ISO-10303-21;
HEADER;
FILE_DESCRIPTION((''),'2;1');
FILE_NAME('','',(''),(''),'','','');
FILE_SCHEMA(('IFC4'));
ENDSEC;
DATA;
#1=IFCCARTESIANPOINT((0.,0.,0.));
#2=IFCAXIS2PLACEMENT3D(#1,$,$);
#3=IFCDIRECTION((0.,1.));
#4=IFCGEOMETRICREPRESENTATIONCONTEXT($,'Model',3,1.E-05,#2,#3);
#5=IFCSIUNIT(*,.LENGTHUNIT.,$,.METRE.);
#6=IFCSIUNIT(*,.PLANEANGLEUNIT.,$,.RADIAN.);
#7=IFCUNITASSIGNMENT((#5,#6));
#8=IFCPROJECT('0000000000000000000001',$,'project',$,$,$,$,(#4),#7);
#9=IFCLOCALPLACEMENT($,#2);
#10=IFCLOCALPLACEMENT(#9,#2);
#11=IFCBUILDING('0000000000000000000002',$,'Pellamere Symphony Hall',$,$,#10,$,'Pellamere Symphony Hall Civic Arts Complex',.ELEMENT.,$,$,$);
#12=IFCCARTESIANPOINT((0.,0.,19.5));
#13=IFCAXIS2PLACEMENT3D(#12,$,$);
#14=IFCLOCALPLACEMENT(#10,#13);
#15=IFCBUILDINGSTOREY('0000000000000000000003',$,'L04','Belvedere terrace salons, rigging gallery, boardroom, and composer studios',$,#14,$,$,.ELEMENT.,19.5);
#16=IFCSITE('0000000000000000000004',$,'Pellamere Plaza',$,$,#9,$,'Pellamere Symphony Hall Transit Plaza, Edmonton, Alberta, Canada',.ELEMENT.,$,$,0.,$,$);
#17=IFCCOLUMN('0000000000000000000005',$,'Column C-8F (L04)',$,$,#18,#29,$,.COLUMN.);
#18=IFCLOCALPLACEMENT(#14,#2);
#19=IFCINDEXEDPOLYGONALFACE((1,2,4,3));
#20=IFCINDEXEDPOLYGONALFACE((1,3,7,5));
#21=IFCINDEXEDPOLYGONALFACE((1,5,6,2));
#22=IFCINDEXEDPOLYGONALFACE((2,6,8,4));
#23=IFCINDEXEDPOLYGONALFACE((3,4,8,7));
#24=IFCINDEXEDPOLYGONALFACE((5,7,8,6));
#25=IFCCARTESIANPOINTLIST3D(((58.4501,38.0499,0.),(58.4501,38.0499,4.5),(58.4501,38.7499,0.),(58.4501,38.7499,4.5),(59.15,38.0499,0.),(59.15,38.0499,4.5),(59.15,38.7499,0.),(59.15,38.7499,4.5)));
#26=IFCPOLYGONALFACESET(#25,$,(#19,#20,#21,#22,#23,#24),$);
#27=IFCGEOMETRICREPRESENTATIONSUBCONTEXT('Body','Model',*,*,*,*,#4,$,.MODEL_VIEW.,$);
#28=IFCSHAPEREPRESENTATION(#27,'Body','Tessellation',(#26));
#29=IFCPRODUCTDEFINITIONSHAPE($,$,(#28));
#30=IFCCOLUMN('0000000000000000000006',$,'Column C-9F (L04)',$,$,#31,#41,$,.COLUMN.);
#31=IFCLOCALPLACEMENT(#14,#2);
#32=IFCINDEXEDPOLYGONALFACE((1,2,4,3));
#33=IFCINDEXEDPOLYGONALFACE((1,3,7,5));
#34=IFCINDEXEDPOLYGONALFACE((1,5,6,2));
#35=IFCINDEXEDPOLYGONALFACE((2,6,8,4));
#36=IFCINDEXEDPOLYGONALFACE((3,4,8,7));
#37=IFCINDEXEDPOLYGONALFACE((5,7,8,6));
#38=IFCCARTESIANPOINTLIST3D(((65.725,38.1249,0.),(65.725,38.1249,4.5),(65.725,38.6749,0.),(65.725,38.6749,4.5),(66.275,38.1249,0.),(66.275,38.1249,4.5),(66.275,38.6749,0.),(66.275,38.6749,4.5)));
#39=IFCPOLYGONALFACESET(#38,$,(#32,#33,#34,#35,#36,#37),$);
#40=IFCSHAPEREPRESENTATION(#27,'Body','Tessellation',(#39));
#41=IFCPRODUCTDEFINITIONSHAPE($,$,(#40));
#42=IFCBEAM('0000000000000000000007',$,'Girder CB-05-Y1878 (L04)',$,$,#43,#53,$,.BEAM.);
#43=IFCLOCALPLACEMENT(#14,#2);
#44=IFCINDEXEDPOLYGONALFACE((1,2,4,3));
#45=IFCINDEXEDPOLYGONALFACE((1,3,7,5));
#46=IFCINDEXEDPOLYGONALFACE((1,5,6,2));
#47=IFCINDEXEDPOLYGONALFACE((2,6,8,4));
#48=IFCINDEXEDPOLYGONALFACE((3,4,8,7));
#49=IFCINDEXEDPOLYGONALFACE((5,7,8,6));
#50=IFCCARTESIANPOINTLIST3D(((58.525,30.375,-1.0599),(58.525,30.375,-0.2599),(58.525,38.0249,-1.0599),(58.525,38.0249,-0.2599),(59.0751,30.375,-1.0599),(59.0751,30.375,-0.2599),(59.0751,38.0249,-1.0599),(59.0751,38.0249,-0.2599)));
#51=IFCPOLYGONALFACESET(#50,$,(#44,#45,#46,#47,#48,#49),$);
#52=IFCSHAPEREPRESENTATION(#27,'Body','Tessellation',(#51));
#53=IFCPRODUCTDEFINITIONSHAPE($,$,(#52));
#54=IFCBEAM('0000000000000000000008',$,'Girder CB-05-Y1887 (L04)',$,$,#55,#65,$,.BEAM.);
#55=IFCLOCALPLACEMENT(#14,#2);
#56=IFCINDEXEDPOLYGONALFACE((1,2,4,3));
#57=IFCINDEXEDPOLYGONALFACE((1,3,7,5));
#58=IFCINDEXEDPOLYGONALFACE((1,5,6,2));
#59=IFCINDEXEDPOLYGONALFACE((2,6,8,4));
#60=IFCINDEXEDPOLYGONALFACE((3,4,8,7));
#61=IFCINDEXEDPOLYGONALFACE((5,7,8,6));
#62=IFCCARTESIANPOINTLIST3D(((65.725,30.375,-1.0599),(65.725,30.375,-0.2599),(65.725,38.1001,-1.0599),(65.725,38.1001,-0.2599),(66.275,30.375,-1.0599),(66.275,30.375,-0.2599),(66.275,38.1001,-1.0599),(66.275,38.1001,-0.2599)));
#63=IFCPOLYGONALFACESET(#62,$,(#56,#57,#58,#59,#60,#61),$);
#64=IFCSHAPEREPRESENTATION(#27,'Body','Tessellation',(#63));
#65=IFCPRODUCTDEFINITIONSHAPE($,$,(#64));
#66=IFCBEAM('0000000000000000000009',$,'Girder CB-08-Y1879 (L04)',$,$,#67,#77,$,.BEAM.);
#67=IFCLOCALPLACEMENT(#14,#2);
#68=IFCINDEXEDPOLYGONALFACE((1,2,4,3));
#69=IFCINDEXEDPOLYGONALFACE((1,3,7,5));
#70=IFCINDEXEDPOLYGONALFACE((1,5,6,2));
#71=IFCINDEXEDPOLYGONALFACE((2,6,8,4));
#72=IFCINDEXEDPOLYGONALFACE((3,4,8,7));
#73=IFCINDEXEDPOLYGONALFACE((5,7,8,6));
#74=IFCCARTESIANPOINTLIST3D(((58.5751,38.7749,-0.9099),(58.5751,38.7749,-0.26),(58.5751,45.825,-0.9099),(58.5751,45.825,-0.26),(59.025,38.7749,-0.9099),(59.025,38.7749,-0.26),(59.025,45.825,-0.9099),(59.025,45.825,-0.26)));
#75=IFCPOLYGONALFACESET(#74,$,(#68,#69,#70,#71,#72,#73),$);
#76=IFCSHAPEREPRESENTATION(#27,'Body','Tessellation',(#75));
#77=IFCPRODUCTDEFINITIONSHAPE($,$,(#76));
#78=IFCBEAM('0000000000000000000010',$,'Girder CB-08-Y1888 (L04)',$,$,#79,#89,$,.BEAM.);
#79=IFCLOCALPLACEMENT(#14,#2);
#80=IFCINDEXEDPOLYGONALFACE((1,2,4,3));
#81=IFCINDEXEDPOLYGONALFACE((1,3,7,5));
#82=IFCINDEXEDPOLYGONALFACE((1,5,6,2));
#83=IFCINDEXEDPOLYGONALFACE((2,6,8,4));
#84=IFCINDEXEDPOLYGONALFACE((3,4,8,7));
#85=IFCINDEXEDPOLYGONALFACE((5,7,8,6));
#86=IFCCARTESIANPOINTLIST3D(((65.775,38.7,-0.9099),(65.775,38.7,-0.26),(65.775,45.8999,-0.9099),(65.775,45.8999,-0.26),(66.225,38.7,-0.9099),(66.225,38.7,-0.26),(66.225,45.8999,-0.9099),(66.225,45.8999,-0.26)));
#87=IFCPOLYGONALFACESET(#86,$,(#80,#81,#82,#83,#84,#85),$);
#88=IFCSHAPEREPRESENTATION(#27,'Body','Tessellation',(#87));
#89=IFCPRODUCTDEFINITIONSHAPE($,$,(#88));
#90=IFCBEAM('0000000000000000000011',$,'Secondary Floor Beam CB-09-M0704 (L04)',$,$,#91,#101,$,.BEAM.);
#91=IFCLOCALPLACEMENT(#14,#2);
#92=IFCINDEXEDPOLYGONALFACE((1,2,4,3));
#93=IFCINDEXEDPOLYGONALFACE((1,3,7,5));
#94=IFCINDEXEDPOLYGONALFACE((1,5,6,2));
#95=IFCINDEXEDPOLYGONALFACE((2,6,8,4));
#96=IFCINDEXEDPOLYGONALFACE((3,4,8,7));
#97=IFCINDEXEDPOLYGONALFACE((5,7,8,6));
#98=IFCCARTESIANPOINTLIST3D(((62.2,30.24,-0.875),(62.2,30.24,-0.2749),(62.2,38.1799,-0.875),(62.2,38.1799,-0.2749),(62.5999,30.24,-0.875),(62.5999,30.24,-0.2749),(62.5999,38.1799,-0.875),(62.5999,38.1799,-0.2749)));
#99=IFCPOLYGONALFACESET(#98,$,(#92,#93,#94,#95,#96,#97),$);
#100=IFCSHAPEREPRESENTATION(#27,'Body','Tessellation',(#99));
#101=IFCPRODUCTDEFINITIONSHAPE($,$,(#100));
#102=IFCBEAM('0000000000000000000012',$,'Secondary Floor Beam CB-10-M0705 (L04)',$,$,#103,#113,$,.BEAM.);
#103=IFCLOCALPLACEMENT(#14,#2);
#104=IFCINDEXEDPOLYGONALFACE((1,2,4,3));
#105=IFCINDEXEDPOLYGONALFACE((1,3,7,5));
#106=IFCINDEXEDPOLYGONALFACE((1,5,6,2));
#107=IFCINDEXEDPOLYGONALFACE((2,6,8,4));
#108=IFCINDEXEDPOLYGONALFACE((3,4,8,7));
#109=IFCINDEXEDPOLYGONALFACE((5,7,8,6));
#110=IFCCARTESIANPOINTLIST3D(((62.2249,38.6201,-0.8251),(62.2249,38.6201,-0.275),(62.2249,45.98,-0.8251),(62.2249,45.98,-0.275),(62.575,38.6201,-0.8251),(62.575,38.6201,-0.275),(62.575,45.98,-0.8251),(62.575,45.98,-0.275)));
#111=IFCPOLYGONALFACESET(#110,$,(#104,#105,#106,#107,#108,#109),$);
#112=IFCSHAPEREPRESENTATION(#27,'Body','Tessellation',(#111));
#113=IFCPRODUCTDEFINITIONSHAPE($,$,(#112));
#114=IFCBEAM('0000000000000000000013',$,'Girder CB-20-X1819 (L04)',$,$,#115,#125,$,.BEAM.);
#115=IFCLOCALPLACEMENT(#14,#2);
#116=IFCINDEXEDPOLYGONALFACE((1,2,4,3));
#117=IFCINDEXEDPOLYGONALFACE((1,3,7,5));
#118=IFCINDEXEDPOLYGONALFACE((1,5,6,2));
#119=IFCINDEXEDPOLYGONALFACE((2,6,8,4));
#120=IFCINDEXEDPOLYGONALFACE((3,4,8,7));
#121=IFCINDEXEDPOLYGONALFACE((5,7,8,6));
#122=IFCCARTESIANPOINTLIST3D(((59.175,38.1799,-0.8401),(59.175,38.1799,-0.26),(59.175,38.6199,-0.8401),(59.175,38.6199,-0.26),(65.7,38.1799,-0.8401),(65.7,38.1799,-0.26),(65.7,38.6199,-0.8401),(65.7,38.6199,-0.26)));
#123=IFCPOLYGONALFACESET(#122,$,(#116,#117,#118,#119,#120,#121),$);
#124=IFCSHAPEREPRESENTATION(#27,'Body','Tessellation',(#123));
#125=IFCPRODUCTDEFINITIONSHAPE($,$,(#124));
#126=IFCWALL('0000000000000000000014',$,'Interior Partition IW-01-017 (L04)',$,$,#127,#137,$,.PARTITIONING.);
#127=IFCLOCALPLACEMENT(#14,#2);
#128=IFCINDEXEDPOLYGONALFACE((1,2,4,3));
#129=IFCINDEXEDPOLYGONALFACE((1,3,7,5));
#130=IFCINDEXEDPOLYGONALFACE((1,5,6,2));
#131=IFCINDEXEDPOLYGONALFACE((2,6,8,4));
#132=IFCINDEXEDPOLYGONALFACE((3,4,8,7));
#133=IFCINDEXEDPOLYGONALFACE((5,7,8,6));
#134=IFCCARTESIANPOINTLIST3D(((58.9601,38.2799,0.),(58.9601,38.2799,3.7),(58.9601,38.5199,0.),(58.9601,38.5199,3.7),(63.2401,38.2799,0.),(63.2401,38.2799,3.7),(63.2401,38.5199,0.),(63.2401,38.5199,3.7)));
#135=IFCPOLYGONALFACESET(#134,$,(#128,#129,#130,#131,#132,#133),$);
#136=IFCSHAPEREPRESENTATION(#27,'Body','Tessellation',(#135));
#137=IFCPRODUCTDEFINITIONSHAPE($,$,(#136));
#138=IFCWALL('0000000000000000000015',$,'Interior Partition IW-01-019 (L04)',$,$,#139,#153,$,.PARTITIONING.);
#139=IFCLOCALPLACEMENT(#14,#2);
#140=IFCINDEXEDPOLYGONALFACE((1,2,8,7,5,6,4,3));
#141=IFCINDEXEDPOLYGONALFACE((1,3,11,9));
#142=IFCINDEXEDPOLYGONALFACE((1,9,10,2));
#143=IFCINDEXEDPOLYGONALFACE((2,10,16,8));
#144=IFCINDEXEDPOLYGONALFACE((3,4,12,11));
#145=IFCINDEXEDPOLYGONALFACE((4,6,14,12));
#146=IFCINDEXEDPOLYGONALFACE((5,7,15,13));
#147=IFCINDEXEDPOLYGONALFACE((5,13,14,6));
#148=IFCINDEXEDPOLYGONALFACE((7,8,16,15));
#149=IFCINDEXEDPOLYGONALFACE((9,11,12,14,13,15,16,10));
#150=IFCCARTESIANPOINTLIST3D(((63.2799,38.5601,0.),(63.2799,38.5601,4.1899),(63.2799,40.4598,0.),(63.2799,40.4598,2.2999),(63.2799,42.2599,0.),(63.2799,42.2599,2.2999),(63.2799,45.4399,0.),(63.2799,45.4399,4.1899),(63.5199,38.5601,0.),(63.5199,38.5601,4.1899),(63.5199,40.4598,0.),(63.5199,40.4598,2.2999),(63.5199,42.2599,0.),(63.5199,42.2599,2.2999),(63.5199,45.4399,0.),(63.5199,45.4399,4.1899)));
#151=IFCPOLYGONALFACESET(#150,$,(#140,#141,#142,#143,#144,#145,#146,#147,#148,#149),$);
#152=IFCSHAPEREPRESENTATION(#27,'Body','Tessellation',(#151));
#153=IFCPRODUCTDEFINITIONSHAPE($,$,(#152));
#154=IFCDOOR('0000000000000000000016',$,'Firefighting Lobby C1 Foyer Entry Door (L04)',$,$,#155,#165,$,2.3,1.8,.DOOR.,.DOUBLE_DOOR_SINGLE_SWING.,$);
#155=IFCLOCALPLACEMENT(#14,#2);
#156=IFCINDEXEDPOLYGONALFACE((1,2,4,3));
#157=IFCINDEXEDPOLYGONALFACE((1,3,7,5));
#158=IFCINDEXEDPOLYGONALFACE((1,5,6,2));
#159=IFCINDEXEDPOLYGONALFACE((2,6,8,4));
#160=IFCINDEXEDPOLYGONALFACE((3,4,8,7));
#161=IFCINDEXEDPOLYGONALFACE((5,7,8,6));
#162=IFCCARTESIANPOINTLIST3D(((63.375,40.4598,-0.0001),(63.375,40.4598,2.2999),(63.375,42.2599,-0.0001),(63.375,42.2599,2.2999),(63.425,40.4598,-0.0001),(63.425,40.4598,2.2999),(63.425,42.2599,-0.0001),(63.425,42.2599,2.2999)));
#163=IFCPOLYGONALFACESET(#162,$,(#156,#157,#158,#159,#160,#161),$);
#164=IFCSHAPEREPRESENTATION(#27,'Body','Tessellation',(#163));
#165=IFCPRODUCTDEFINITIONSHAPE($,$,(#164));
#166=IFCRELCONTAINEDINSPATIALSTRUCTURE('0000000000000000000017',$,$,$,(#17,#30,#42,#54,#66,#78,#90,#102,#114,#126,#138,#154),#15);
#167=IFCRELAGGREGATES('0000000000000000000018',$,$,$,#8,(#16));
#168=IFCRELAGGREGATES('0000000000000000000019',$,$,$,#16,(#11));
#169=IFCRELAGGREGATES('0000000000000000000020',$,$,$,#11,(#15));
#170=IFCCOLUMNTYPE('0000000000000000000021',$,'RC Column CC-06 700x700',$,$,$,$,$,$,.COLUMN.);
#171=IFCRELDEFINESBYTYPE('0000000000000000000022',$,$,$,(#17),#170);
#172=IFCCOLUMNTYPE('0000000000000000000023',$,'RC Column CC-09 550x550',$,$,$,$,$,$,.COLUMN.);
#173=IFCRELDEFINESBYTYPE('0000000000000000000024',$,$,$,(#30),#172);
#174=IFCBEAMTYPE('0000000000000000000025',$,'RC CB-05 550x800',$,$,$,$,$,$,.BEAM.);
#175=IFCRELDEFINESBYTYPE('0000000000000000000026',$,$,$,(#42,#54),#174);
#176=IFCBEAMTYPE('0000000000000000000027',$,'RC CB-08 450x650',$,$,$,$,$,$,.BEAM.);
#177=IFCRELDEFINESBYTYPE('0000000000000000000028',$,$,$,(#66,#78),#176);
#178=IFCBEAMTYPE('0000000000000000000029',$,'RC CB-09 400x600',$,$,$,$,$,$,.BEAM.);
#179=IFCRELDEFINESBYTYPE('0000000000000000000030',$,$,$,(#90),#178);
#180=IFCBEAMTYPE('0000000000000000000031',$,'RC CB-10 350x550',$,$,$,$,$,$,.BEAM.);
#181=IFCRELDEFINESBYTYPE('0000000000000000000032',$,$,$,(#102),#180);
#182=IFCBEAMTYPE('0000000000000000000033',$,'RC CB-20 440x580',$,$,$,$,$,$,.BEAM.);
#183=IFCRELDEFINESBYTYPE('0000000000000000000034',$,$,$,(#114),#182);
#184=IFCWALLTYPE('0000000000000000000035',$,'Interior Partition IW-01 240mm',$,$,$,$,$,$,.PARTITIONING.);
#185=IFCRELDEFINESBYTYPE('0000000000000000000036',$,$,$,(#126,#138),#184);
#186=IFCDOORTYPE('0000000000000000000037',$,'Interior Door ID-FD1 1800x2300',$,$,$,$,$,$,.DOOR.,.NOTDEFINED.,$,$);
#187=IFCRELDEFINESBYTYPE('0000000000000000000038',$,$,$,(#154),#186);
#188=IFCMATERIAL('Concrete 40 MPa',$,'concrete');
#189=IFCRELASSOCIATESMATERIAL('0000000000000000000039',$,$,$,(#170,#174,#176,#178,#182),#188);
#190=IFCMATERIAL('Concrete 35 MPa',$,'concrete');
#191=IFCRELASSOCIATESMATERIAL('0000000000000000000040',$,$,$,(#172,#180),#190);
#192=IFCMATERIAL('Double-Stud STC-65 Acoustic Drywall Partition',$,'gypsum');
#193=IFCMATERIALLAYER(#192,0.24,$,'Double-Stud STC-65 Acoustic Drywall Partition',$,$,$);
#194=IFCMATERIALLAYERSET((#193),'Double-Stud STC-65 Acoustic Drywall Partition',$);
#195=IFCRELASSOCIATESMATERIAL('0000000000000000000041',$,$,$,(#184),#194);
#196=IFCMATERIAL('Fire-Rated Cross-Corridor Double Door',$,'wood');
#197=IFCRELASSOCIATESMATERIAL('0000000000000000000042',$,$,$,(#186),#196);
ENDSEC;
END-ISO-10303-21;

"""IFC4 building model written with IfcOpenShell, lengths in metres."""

from ifc_helpers import new_model, si_unit, direction, frame, frame_2d, origin, origin_2d, place, context, subcontext, project, spatial, rectangle, extrude, material, layer, layer_set, material_profile, profile_set, type_object, element, fill, save


model = new_model("IFC4")

# Units and contexts
model_context = context("Model", 3, precision=1e-05, world=origin(), true_north=direction((0.0, 1.0)))
body_context = subcontext(model_context, "Body", "Model", "MODEL_VIEW")
ifc_project = project(units=[si_unit("LENGTHUNIT", "METRE"), si_unit("PLANEANGLEUNIT", "RADIAN")], contexts=[model_context])

# Site, building, storey
site_placement = place(None, origin())
site = spatial("IfcSite", under=ifc_project, at=site_placement, Name="Pellamere Plaza", LongName="Pellamere Symphony Hall Transit Plaza, Edmonton, Alberta, Canada", CompositionType="ELEMENT", RefElevation=0.0)
building_placement = place(site_placement, origin())
building = spatial("IfcBuilding", under=site, at=building_placement, Name="Pellamere Symphony Hall", LongName="Pellamere Symphony Hall Civic Arts Complex", CompositionType="ELEMENT")
storey_placement = place(building_placement, frame((0.0, 0.0, 19.5)))
storey = spatial("IfcBuildingStorey", under=building, at=storey_placement, Name="L04", Description="Belvedere terrace salons, rigging gallery, boardroom, and composer studios", CompositionType="ELEMENT", Elevation=19.5)

# Columns
ifc_material_1 = material(Name="Concrete 40 MPa", Category="concrete")
ifc_material_profile_1 = material_profile(ifc_material_1, rectangle(XDim=0.7, YDim=0.7, at=origin_2d()), Name="RC 700x700")
ifc_profile_set_1 = profile_set([ifc_material_profile_1], Name="Concrete 40 MPa")
column_type_1 = type_object("IfcColumnType", Name="RC Column CC-06 700x700", PredefinedType="COLUMN", material=ifc_profile_set_1)
column_1_placement = place(storey_placement, frame((58.8, 38.3999, 0.0), z_axis=(0.0, 0.0, 1.0), x_axis=(1.0, 0.0, 0.0)))
element("IfcColumn", 1, at=column_1_placement, inside=storey, type_object=column_type_1, Name="Column C-8F (L04)", PredefinedType="COLUMN", context=body_context, shape_type="SweptSolid", body=[
    extrude(rectangle(XDim=0.7, YDim=0.7, at=origin_2d()), origin(), (0.0, 0.0, 1.0), 4.5),
])
ifc_material_2 = material(Name="Concrete 35 MPa", Category="concrete")
ifc_material_profile_2 = material_profile(ifc_material_2, rectangle(XDim=0.55, YDim=0.55, at=origin_2d()), Name="RC 550x550")
ifc_profile_set_2 = profile_set([ifc_material_profile_2], Name="Concrete 35 MPa")
column_type_2 = type_object("IfcColumnType", Name="RC Column CC-09 550x550", PredefinedType="COLUMN", material=ifc_profile_set_2)
column_2_placement = place(storey_placement, frame((66.0, 38.3999, 0.0), z_axis=(0.0, 0.0, 1.0), x_axis=(1.0, 0.0, 0.0)))
element("IfcColumn", 2, at=column_2_placement, inside=storey, type_object=column_type_2, Name="Column C-9F (L04)", PredefinedType="COLUMN", context=body_context, shape_type="SweptSolid", body=[
    extrude(rectangle(XDim=0.55, YDim=0.55, at=origin_2d()), origin(), (0.0, 0.0, 1.0), 4.5),
])

# Beams
ifc_material_profile_3 = material_profile(ifc_material_1, rectangle(XDim=0.55, YDim=0.8, at=origin_2d()), Name="RC 550x800")
ifc_profile_set_3 = profile_set([ifc_material_profile_3], Name="Concrete 40 MPa")
beam_type_1 = type_object("IfcBeamType", Name="RC CB-05 550x800", PredefinedType="BEAM", material=ifc_profile_set_3)
beam_1_placement = place(storey_placement, frame((58.8, 30.375, -0.6599), z_axis=(0.0, 1.0, 0.0), x_axis=(-1.0, 0.0, 0.0)))
element("IfcBeam", 3, at=beam_1_placement, inside=storey, type_object=beam_type_1, Name="Girder CB-05-Y1878 (L04)", PredefinedType="BEAM", context=body_context, shape_type="SweptSolid", body=[
    extrude(rectangle(XDim=0.55, YDim=0.8, at=origin_2d()), origin(), (0.0, 0.0, 1.0), 7.6499),
])
beam_2_placement = place(storey_placement, frame((66.0, 30.375, -0.6599), z_axis=(0.0, 1.0, 0.0), x_axis=(-1.0, 0.0, 0.0)))
element("IfcBeam", 4, at=beam_2_placement, inside=storey, type_object=beam_type_1, Name="Girder CB-05-Y1887 (L04)", PredefinedType="BEAM", context=body_context, shape_type="SweptSolid", body=[
    extrude(rectangle(XDim=0.55, YDim=0.8, at=origin_2d()), origin(), (0.0, 0.0, 1.0), 7.7251),
])
ifc_material_profile_4 = material_profile(ifc_material_1, rectangle(XDim=0.45, YDim=0.6499, at=origin_2d()), Name="RC 450x650")
ifc_profile_set_4 = profile_set([ifc_material_profile_4], Name="Concrete 40 MPa")
beam_type_2 = type_object("IfcBeamType", Name="RC CB-08 450x650", PredefinedType="BEAM", material=ifc_profile_set_4)
beam_3_placement = place(storey_placement, frame((58.8, 38.7749, -0.585), z_axis=(0.0, 1.0, 0.0), x_axis=(-1.0, 0.0, 0.0)))
element("IfcBeam", 5, at=beam_3_placement, inside=storey, type_object=beam_type_2, Name="Girder CB-08-Y1879 (L04)", PredefinedType="BEAM", context=body_context, shape_type="SweptSolid", body=[
    extrude(rectangle(XDim=0.45, YDim=0.6499, at=origin_2d()), origin(), (0.0, 0.0, 1.0), 7.05),
])
beam_4_placement = place(storey_placement, frame((66.0, 38.7, -0.585), z_axis=(0.0, 1.0, 0.0), x_axis=(-1.0, 0.0, 0.0)))
element("IfcBeam", 6, at=beam_4_placement, inside=storey, type_object=beam_type_2, Name="Girder CB-08-Y1888 (L04)", PredefinedType="BEAM", context=body_context, shape_type="SweptSolid", body=[
    extrude(rectangle(XDim=0.45, YDim=0.6499, at=origin_2d()), origin(), (0.0, 0.0, 1.0), 7.2),
])
ifc_material_profile_5 = material_profile(ifc_material_1, rectangle(XDim=0.3999, YDim=0.6001, at=origin_2d()), Name="RC 400x600")
ifc_profile_set_5 = profile_set([ifc_material_profile_5], Name="Concrete 40 MPa")
beam_type_3 = type_object("IfcBeamType", Name="RC CB-09 400x600", PredefinedType="BEAM", material=ifc_profile_set_5)
beam_5_placement = place(storey_placement, frame((62.3999, 30.24, -0.575), z_axis=(0.0, 1.0, 0.0), x_axis=(-1.0, 0.0, 0.0)))
element("IfcBeam", 7, at=beam_5_placement, inside=storey, type_object=beam_type_3, Name="Secondary Floor Beam CB-09-M0704 (L04)", PredefinedType="BEAM", context=body_context, shape_type="SweptSolid", body=[
    extrude(rectangle(XDim=0.3999, YDim=0.6001, at=origin_2d()), origin(), (0.0, 0.0, 1.0), 7.9399),
])
ifc_material_profile_6 = material_profile(ifc_material_2, rectangle(XDim=0.3501, YDim=0.55, at=origin_2d()), Name="RC 350x550")
ifc_profile_set_6 = profile_set([ifc_material_profile_6], Name="Concrete 35 MPa")
beam_type_4 = type_object("IfcBeamType", Name="RC CB-10 350x550", PredefinedType="BEAM", material=ifc_profile_set_6)
beam_6_placement = place(storey_placement, frame((62.3999, 38.6201, -0.55), z_axis=(0.0, 1.0, 0.0), x_axis=(-1.0, 0.0, 0.0)))
element("IfcBeam", 8, at=beam_6_placement, inside=storey, type_object=beam_type_4, Name="Secondary Floor Beam CB-10-M0705 (L04)", PredefinedType="BEAM", context=body_context, shape_type="SweptSolid", body=[
    extrude(rectangle(XDim=0.3501, YDim=0.55, at=origin_2d()), origin(), (0.0, 0.0, 1.0), 7.3599),
])
ifc_material_profile_7 = material_profile(ifc_material_1, rectangle(XDim=0.4399, YDim=0.5801, at=origin_2d()), Name="RC 440x580")
ifc_profile_set_7 = profile_set([ifc_material_profile_7], Name="Concrete 40 MPa")
beam_type_5 = type_object("IfcBeamType", Name="RC CB-20 440x580", PredefinedType="BEAM", material=ifc_profile_set_7)
beam_7_placement = place(storey_placement, frame((59.175, 38.3999, -0.55), z_axis=(1.0, 0.0, 0.0), x_axis=(0.0, 1.0, 0.0)))
element("IfcBeam", 9, at=beam_7_placement, inside=storey, type_object=beam_type_5, Name="Girder CB-20-X1819 (L04)", PredefinedType="BEAM", context=body_context, shape_type="SweptSolid", body=[
    extrude(rectangle(XDim=0.4399, YDim=0.5801, at=origin_2d()), origin(), (0.0, 0.0, 1.0), 6.5249),
])

# Wall
ifc_material_3 = material(Name="Double-Stud STC-65 Acoustic Drywall Partition", Category="gypsum")
ifc_layer_1 = layer(ifc_material_3, 0.24, Name="Double-Stud STC-65 Acoustic Drywall Partition")
ifc_layer_set_1 = layer_set([ifc_layer_1], Name="Double-Stud STC-65 Acoustic Drywall Partition")
wall_type_1 = type_object("IfcWallType", Name="Interior Partition IW-01 240mm", PredefinedType="PARTITIONING", material=ifc_layer_set_1)
wall_1_placement = place(storey_placement, frame((58.96, 38.3999, 0.0), z_axis=(0.0, 0.0, 1.0), x_axis=(1.0, 0.0, 0.0)))
element("IfcWall", 10, at=wall_1_placement, inside=storey, type_object=wall_type_1, Name="Interior Partition IW-01-017 (L04)", PredefinedType="PARTITIONING", context=body_context, shape_type="SweptSolid", body=[
    extrude(rectangle(XDim=4.28, YDim=0.24, at=frame_2d((2.1401, 0.0))), origin(), (0.0, 0.0, 1.0), 3.7),
])

# Wall, opening, door
wall_2_placement = place(storey_placement, frame((63.3999, 38.5601, 0.0), z_axis=(0.0, 0.0, 1.0), x_axis=(0.0, 1.0, 0.0)))
wall_2 = element("IfcWall", 11, at=wall_2_placement, inside=storey, type_object=wall_type_1, Name="Interior Partition IW-01-019 (L04)", PredefinedType="PARTITIONING", context=body_context, shape_type="SweptSolid", body=[
    extrude(rectangle(XDim=6.8799, YDim=0.24, at=frame_2d((3.4399, 0.0))), origin(), (0.0, 0.0, 1.0), 4.1899),
])
opening_1_placement = place(wall_2_placement, frame((1.8999, 0.0, 0.0)))
opening_1 = element("IfcOpeningElement", 12, at=opening_1_placement, cuts=wall_2, PredefinedType="OPENING", context=body_context, shape_type="SweptSolid", body=[
    extrude(rectangle(XDim=1.8, YDim=2.3, at=frame_2d((0.8999, 1.1499))), frame((0.0, 0.1299, 0.0), z_axis=(0.0, -1.0, 0.0), x_axis=(1.0, 0.0, 0.0)), (0.0, 0.0, 1.0), 0.26),
])
ifc_material_4 = material(Name="Fire-Rated Cross-Corridor Double Door", Category="wood")
door_type_1 = type_object("IfcDoorType", Name="Interior Door ID-FD1 1800x2300", OperationType="NOTDEFINED", PredefinedType="DOOR", material=ifc_material_4)
door_1_placement = place(opening_1_placement, origin())
door_1 = element("IfcDoor", 13, at=door_1_placement, inside=storey, type_object=door_type_1, Name="Firefighting Lobby C1 Foyer Entry Door (L04)", OperationType="DOUBLE_DOOR_SINGLE_SWING", OverallHeight=2.3, OverallWidth=1.8, PredefinedType="DOOR", context=body_context, shape_type="SweptSolid", body=[
    extrude(rectangle(XDim=1.8, YDim=2.3, at=frame_2d((0.8999, 1.1499))), frame((0.0, 0.0249, 0.0), z_axis=(0.0, -1.0, 0.0), x_axis=(1.0, 0.0, 0.0)), (0.0, 0.0, 1.0), 0.05),
])
fill(opening_1, door_1)

save(model, "model.ifc")
